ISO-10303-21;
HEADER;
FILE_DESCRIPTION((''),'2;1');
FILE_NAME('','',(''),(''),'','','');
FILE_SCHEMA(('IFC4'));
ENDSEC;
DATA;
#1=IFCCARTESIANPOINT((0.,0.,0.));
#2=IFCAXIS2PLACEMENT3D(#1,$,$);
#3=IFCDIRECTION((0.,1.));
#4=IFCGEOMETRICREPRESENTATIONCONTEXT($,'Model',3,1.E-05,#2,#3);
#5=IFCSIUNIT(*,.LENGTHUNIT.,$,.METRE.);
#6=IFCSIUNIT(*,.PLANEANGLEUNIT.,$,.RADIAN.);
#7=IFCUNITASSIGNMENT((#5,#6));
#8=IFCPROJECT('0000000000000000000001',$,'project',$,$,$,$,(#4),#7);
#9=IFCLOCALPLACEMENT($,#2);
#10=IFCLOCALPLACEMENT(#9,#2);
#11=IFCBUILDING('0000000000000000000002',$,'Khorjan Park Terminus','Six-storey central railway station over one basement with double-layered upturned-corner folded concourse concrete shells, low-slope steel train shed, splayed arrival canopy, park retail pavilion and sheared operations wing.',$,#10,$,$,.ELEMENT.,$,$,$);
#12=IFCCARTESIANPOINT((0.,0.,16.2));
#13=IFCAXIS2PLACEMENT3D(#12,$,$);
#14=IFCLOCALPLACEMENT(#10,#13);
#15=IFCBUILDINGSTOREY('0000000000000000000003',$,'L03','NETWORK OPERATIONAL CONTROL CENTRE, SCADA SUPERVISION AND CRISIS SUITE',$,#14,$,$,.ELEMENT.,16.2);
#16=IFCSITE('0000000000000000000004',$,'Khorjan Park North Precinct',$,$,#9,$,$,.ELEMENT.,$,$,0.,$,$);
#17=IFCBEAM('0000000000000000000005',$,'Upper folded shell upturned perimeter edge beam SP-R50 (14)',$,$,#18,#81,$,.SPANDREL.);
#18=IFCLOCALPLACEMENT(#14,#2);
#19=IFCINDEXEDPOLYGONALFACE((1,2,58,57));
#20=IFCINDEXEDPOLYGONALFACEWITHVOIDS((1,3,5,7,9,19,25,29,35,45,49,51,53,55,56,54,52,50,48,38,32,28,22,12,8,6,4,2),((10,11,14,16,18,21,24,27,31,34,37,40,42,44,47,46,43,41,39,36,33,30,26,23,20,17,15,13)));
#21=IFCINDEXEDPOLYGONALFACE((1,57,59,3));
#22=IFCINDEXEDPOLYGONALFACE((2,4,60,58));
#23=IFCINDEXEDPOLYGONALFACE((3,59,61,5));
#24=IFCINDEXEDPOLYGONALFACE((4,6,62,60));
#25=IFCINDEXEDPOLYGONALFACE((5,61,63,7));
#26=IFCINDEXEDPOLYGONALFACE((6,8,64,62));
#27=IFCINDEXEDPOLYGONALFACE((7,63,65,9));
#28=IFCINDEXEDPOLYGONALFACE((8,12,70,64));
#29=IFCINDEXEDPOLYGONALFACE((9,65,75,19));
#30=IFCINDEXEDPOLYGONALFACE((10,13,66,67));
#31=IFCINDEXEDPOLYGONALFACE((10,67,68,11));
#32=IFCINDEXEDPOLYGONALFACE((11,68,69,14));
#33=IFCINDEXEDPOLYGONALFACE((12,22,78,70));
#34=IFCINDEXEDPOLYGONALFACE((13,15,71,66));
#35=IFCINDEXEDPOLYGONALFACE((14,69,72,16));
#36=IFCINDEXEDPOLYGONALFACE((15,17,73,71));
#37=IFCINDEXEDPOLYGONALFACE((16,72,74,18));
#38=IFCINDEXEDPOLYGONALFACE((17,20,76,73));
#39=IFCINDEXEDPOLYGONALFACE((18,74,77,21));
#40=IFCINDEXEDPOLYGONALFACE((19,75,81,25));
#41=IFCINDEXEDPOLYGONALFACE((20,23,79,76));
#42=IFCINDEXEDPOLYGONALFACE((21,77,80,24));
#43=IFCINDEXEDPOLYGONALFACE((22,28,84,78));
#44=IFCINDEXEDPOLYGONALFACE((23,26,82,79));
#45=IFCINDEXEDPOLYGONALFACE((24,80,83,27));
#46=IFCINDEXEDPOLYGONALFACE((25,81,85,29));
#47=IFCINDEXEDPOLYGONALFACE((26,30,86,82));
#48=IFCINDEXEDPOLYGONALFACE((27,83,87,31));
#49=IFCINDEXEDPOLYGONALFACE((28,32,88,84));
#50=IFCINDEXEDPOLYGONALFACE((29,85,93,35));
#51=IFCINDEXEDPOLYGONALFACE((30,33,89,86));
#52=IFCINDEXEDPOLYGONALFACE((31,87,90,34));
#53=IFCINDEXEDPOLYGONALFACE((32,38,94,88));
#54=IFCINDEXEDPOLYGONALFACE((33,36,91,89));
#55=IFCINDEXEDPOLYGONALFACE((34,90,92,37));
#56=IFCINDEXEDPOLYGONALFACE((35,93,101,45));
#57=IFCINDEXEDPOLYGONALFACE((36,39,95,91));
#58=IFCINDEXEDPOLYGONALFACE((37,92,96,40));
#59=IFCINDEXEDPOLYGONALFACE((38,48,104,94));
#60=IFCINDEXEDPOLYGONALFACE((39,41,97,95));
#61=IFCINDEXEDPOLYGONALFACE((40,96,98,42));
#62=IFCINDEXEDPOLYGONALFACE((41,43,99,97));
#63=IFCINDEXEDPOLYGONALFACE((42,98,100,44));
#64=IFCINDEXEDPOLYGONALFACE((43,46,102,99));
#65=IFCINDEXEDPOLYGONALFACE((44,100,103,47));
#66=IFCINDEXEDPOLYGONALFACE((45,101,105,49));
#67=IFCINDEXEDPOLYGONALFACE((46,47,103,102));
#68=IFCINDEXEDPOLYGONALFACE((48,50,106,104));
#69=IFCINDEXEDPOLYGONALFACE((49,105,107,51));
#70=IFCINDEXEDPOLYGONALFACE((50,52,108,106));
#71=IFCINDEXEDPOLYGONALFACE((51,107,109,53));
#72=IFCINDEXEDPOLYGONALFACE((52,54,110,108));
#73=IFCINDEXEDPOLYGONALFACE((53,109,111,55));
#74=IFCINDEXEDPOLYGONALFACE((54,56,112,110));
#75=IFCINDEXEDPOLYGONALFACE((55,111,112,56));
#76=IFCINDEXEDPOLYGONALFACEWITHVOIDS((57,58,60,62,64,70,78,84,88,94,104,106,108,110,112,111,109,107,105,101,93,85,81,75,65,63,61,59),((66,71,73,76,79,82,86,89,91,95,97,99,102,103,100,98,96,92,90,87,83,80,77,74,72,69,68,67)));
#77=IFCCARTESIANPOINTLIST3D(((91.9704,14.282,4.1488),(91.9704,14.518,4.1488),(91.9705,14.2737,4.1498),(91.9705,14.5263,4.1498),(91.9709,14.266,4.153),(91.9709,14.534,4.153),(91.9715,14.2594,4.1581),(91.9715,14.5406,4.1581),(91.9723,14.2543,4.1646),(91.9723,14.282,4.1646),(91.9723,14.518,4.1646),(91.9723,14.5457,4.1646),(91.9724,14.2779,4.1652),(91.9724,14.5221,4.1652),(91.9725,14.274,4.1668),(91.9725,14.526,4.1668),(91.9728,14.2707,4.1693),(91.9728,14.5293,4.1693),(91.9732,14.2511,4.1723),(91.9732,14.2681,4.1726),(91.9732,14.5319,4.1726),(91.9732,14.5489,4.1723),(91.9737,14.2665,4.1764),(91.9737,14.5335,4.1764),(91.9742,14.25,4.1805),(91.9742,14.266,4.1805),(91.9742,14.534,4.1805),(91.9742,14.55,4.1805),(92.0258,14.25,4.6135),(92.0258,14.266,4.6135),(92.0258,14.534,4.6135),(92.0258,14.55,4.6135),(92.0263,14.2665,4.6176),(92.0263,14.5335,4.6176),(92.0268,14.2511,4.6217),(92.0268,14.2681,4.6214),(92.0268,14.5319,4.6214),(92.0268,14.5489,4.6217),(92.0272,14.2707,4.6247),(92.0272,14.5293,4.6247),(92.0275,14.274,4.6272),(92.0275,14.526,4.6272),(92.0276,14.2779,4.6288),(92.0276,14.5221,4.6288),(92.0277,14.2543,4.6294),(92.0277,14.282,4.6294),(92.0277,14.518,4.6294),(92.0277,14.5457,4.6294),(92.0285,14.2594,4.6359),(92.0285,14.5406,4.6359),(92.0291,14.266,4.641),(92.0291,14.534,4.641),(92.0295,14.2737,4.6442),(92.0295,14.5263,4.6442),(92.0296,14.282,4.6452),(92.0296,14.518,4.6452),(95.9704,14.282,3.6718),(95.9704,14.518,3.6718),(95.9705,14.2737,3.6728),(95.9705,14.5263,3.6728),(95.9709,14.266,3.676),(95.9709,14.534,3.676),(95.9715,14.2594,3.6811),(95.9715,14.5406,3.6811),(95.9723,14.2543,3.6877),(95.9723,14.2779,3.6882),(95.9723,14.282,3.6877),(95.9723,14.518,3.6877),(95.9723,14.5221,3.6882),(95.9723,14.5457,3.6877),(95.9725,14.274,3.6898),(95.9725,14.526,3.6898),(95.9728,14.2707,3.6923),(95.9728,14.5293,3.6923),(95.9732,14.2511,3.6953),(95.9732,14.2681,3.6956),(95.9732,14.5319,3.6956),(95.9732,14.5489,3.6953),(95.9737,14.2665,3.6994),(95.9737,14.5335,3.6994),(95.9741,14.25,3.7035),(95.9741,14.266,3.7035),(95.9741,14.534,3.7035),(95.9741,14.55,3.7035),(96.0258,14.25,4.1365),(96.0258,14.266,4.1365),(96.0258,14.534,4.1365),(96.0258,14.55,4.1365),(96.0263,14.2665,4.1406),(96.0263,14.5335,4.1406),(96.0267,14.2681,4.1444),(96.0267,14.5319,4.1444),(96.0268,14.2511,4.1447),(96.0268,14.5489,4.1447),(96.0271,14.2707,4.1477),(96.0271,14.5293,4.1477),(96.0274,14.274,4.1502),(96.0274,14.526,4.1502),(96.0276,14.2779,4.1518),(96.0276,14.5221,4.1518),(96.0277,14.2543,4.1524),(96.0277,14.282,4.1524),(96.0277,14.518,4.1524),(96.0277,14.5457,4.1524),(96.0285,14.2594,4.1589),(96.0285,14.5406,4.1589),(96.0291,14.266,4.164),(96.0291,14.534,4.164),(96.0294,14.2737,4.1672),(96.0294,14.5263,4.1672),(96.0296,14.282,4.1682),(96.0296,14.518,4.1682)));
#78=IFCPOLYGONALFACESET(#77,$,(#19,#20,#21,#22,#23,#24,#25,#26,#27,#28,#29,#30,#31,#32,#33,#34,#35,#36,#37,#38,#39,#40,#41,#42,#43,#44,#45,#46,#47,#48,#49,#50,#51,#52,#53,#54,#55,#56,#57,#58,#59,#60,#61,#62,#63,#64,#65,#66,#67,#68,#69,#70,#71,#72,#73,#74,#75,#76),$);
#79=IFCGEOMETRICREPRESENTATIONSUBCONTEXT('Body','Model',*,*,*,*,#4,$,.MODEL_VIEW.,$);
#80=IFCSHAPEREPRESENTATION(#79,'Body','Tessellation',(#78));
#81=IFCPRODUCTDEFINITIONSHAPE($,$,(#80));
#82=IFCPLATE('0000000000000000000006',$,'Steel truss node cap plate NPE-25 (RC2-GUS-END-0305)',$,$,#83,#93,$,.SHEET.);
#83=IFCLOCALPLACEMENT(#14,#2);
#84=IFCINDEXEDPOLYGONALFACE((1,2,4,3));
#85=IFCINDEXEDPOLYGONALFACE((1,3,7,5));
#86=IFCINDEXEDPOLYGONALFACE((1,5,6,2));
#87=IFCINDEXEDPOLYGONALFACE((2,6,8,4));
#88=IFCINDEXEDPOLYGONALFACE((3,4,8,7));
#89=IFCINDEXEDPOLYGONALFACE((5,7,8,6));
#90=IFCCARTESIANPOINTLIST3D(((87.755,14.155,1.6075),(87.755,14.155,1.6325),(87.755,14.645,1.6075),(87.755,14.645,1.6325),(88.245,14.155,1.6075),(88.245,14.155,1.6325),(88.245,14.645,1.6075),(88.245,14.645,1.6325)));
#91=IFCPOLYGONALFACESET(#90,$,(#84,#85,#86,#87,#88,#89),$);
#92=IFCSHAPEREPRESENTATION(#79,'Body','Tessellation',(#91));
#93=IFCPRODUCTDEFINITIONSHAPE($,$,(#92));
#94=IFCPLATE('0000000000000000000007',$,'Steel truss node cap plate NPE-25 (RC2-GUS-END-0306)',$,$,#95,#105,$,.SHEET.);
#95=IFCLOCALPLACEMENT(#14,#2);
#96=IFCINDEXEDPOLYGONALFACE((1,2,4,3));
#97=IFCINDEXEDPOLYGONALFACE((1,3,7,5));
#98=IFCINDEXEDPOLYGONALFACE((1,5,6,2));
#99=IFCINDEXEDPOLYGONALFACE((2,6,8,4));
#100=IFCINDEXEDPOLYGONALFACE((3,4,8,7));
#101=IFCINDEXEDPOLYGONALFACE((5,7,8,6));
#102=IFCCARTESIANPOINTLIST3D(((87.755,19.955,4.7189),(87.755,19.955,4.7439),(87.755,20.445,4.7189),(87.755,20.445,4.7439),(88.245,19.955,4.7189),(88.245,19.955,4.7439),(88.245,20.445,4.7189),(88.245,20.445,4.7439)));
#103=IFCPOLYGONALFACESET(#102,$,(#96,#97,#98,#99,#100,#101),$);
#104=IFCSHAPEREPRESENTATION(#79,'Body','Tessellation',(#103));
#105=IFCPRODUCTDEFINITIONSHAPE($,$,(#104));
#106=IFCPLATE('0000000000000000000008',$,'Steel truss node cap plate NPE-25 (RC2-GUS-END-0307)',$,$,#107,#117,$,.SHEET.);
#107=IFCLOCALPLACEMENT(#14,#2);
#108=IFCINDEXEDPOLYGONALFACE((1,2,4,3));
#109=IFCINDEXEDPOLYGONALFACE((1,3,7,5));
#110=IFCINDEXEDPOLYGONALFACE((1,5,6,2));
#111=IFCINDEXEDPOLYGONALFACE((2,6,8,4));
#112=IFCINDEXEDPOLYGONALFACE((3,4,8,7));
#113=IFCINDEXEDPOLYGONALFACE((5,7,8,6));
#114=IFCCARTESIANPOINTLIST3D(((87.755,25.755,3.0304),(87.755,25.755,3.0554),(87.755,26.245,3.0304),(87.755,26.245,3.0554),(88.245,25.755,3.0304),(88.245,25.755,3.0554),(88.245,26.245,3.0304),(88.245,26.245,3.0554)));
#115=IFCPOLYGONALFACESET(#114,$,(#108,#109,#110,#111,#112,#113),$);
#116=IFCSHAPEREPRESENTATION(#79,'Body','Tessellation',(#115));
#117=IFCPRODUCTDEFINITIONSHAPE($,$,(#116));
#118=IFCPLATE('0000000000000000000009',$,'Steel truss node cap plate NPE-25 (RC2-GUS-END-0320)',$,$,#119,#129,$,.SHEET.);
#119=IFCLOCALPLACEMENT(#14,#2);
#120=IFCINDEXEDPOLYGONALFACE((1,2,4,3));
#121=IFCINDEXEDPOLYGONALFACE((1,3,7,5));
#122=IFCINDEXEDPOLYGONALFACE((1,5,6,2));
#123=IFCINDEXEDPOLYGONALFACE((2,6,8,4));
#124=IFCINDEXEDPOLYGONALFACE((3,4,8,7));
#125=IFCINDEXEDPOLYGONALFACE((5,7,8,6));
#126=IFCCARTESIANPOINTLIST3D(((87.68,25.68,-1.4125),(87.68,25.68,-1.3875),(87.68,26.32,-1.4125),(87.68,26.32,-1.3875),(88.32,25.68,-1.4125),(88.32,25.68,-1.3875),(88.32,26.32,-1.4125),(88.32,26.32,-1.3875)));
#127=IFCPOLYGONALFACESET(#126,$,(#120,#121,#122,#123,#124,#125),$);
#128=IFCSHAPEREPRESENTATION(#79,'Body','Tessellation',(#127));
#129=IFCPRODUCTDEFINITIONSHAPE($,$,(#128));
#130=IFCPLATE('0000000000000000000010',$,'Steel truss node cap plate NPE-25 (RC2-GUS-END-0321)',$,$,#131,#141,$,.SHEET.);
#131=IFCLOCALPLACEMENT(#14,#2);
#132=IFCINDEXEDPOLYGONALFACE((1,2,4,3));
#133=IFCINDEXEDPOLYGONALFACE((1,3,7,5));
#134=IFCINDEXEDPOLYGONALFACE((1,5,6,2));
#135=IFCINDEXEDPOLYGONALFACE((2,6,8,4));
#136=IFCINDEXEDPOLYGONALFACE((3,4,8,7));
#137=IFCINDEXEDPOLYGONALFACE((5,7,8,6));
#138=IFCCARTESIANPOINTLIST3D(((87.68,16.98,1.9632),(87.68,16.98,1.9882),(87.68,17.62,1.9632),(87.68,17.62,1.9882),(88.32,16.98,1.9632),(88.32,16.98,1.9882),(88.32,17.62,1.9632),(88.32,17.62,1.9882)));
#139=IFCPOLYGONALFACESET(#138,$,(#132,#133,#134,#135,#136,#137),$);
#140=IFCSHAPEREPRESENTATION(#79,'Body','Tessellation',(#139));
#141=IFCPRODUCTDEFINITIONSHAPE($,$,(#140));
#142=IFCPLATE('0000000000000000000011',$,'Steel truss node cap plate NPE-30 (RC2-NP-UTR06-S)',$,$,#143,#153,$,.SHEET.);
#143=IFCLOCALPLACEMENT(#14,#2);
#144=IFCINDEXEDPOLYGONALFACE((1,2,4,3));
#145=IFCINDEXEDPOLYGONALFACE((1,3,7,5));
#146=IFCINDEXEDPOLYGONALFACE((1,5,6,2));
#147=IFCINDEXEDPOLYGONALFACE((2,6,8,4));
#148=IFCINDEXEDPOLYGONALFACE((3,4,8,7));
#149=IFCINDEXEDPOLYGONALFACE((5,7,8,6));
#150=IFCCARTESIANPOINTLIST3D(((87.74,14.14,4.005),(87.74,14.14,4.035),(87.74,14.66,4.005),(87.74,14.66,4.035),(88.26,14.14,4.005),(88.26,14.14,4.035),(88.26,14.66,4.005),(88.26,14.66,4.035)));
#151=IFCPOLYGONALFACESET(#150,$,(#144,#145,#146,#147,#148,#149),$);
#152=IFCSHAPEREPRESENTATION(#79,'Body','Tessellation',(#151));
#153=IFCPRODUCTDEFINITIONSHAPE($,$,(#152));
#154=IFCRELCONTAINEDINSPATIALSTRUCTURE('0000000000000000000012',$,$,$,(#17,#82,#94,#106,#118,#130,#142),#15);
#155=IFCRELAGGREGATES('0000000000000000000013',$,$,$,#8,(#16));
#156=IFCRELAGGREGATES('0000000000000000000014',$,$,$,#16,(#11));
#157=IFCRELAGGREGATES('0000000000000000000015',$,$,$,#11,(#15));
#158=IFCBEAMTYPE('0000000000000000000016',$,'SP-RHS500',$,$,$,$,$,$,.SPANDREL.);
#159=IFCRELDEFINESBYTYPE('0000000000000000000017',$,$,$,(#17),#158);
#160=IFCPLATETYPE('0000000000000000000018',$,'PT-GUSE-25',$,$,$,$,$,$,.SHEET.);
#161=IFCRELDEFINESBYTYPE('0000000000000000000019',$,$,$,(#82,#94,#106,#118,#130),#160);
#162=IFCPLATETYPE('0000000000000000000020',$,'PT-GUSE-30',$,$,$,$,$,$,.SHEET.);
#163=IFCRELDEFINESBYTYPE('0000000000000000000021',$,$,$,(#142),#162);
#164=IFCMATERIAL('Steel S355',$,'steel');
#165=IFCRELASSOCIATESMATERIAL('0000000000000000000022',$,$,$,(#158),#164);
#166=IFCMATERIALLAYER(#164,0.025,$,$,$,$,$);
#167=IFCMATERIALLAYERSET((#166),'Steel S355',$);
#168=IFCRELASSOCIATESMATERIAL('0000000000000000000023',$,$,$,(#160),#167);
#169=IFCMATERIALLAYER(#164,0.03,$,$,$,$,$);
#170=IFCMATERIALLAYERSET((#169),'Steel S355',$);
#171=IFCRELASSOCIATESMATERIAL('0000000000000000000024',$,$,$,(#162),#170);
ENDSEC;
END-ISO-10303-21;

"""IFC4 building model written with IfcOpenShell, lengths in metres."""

from ifc_helpers import new_model, si_unit, direction, frame, origin, origin_2d, place, context, subcontext, project, spatial, rectangle, hollow_rectangle, extrude, material, layer, layer_set, material_profile, profile_set, type_object, element, save


model = new_model("IFC4")

# Units and contexts
model_context = context("Model", 3, precision=1e-05, world=origin(), true_north=direction((0.0, 1.0)))
body_context = subcontext(model_context, "Body", "Model", "MODEL_VIEW")
ifc_project = project(units=[si_unit("LENGTHUNIT", "METRE"), si_unit("PLANEANGLEUNIT", "RADIAN")], contexts=[model_context])

# Site, building, storey
site_placement = place(None, origin())
site = spatial("IfcSite", under=ifc_project, at=site_placement, Name="Khorjan Park North Precinct", CompositionType="ELEMENT", RefElevation=0.0)
building_placement = place(site_placement, origin())
building = spatial("IfcBuilding", under=site, at=building_placement, Name="Khorjan Park Terminus", Description="Six-storey central railway station over one basement with double-layered upturned-corner folded concourse concrete shells, low-slope steel train shed, splayed arrival canopy, park retail pavilion and sheared operations wing.", CompositionType="ELEMENT")
storey_placement = place(building_placement, frame((0.0, 0.0, 16.2)))
storey = spatial("IfcBuildingStorey", under=building, at=storey_placement, Name="L03", Description="NETWORK OPERATIONAL CONTROL CENTRE, SCADA SUPERVISION AND CRISIS SUITE", CompositionType="ELEMENT", Elevation=16.2)

# Shared definitions
ifc_material_1 = material(Name="Steel S355", Category="steel")

# Beam
ifc_material_profile_1 = material_profile(ifc_material_1, hollow_rectangle(XDim=0.3, YDim=0.5, WallThickness=0.016, InnerFilletRadius=0.016, OuterFilletRadius=0.032, at=origin_2d()), Name="RHS 500x300x16")
ifc_profile_set_1 = profile_set([ifc_material_profile_1], Name="Steel S355")
beam_type_1 = type_object("IfcBeamType", Name="SP-RHS500", PredefinedType="SPANDREL", material=ifc_profile_set_1)
for number, where, z_axis, x_axis, name in (
    (1, (92.0, 14.4, 4.397), (0.992965, 0.0, -0.118411), (0.0, 1.0, 0.0), "Upper folded shell upturned perimeter edge beam SP-R50 (14)"),
):
    element("IfcBeam", number, at=place(storey_placement, frame(where, z_axis=z_axis, x_axis=x_axis)), inside=storey, type_object=beam_type_1, Name=name, PredefinedType="SPANDREL", context=body_context, shape_type="SweptSolid", body=[
        extrude(hollow_rectangle(XDim=0.3, YDim=0.5, WallThickness=0.016, InnerFilletRadius=0.016, OuterFilletRadius=0.032, at=origin_2d()), origin(), (0.0, 0.0, 1.0), 4.0283),
    ])

# Plates
ifc_layer_1 = layer(ifc_material_1, 0.025)
ifc_layer_set_1 = layer_set([ifc_layer_1], Name="Steel S355")
plate_type_1 = type_object("IfcPlateType", Name="PT-GUSE-25", PredefinedType="SHEET", material=ifc_layer_set_1)
for number, where, z_axis, x_axis, name in (
    (2, (88.0, 14.4, 1.6075), (0.0, 0.0, 1.0), (1.0, 0.0, 0.0), "Steel truss node cap plate NPE-25 (RC2-GUS-END-0305)"),
    (3, (88.0, 20.2, 4.7189), (0.0, 0.0, 1.0), (1.0, 0.0, 0.0), "Steel truss node cap plate NPE-25 (RC2-GUS-END-0306)"),
    (4, (88.0, 26.0, 3.0304), (0.0, 0.0, 1.0), (1.0, 0.0, 0.0), "Steel truss node cap plate NPE-25 (RC2-GUS-END-0307)"),
):
    element("IfcPlate", number, at=place(storey_placement, frame(where, z_axis=z_axis, x_axis=x_axis)), inside=storey, type_object=plate_type_1, Name=name, PredefinedType="SHEET", context=body_context, shape_type="SweptSolid", body=[
        extrude(rectangle(XDim=0.49, YDim=0.49, at=origin_2d()), origin(), (0.0, 0.0, 1.0), 0.025),
    ])
for number, where, z_axis, x_axis, name in (
    (5, (88.0, 26.0, -1.4125), (0.0, 0.0, 1.0), (1.0, 0.0, 0.0), "Steel truss node cap plate NPE-25 (RC2-GUS-END-0320)"),
    (6, (88.0, 17.3, 1.9632), (0.0, 0.0, 1.0), (1.0, 0.0, 0.0), "Steel truss node cap plate NPE-25 (RC2-GUS-END-0321)"),
):
    element("IfcPlate", number, at=place(storey_placement, frame(where, z_axis=z_axis, x_axis=x_axis)), inside=storey, type_object=plate_type_1, Name=name, PredefinedType="SHEET", context=body_context, shape_type="SweptSolid", body=[
        extrude(rectangle(XDim=0.64, YDim=0.64, at=origin_2d()), origin(), (0.0, 0.0, 1.0), 0.025),
    ])
ifc_layer_2 = layer(ifc_material_1, 0.03)
ifc_layer_set_2 = layer_set([ifc_layer_2], Name="Steel S355")
plate_type_2 = type_object("IfcPlateType", Name="PT-GUSE-30", PredefinedType="SHEET", material=ifc_layer_set_2)
plate_placement = place(storey_placement, frame((88.0, 14.4, 4.005), z_axis=(0.0, 0.0, 1.0), x_axis=(1.0, 0.0, 0.0)))
element("IfcPlate", 7, at=plate_placement, inside=storey, type_object=plate_type_2, Name="Steel truss node cap plate NPE-30 (RC2-NP-UTR06-S)", PredefinedType="SHEET", context=body_context, shape_type="SweptSolid", body=[
    extrude(rectangle(XDim=0.52, YDim=0.52, at=origin_2d()), origin(), (0.0, 0.0, 1.0), 0.03),
])

save(model, "model.ifc")
